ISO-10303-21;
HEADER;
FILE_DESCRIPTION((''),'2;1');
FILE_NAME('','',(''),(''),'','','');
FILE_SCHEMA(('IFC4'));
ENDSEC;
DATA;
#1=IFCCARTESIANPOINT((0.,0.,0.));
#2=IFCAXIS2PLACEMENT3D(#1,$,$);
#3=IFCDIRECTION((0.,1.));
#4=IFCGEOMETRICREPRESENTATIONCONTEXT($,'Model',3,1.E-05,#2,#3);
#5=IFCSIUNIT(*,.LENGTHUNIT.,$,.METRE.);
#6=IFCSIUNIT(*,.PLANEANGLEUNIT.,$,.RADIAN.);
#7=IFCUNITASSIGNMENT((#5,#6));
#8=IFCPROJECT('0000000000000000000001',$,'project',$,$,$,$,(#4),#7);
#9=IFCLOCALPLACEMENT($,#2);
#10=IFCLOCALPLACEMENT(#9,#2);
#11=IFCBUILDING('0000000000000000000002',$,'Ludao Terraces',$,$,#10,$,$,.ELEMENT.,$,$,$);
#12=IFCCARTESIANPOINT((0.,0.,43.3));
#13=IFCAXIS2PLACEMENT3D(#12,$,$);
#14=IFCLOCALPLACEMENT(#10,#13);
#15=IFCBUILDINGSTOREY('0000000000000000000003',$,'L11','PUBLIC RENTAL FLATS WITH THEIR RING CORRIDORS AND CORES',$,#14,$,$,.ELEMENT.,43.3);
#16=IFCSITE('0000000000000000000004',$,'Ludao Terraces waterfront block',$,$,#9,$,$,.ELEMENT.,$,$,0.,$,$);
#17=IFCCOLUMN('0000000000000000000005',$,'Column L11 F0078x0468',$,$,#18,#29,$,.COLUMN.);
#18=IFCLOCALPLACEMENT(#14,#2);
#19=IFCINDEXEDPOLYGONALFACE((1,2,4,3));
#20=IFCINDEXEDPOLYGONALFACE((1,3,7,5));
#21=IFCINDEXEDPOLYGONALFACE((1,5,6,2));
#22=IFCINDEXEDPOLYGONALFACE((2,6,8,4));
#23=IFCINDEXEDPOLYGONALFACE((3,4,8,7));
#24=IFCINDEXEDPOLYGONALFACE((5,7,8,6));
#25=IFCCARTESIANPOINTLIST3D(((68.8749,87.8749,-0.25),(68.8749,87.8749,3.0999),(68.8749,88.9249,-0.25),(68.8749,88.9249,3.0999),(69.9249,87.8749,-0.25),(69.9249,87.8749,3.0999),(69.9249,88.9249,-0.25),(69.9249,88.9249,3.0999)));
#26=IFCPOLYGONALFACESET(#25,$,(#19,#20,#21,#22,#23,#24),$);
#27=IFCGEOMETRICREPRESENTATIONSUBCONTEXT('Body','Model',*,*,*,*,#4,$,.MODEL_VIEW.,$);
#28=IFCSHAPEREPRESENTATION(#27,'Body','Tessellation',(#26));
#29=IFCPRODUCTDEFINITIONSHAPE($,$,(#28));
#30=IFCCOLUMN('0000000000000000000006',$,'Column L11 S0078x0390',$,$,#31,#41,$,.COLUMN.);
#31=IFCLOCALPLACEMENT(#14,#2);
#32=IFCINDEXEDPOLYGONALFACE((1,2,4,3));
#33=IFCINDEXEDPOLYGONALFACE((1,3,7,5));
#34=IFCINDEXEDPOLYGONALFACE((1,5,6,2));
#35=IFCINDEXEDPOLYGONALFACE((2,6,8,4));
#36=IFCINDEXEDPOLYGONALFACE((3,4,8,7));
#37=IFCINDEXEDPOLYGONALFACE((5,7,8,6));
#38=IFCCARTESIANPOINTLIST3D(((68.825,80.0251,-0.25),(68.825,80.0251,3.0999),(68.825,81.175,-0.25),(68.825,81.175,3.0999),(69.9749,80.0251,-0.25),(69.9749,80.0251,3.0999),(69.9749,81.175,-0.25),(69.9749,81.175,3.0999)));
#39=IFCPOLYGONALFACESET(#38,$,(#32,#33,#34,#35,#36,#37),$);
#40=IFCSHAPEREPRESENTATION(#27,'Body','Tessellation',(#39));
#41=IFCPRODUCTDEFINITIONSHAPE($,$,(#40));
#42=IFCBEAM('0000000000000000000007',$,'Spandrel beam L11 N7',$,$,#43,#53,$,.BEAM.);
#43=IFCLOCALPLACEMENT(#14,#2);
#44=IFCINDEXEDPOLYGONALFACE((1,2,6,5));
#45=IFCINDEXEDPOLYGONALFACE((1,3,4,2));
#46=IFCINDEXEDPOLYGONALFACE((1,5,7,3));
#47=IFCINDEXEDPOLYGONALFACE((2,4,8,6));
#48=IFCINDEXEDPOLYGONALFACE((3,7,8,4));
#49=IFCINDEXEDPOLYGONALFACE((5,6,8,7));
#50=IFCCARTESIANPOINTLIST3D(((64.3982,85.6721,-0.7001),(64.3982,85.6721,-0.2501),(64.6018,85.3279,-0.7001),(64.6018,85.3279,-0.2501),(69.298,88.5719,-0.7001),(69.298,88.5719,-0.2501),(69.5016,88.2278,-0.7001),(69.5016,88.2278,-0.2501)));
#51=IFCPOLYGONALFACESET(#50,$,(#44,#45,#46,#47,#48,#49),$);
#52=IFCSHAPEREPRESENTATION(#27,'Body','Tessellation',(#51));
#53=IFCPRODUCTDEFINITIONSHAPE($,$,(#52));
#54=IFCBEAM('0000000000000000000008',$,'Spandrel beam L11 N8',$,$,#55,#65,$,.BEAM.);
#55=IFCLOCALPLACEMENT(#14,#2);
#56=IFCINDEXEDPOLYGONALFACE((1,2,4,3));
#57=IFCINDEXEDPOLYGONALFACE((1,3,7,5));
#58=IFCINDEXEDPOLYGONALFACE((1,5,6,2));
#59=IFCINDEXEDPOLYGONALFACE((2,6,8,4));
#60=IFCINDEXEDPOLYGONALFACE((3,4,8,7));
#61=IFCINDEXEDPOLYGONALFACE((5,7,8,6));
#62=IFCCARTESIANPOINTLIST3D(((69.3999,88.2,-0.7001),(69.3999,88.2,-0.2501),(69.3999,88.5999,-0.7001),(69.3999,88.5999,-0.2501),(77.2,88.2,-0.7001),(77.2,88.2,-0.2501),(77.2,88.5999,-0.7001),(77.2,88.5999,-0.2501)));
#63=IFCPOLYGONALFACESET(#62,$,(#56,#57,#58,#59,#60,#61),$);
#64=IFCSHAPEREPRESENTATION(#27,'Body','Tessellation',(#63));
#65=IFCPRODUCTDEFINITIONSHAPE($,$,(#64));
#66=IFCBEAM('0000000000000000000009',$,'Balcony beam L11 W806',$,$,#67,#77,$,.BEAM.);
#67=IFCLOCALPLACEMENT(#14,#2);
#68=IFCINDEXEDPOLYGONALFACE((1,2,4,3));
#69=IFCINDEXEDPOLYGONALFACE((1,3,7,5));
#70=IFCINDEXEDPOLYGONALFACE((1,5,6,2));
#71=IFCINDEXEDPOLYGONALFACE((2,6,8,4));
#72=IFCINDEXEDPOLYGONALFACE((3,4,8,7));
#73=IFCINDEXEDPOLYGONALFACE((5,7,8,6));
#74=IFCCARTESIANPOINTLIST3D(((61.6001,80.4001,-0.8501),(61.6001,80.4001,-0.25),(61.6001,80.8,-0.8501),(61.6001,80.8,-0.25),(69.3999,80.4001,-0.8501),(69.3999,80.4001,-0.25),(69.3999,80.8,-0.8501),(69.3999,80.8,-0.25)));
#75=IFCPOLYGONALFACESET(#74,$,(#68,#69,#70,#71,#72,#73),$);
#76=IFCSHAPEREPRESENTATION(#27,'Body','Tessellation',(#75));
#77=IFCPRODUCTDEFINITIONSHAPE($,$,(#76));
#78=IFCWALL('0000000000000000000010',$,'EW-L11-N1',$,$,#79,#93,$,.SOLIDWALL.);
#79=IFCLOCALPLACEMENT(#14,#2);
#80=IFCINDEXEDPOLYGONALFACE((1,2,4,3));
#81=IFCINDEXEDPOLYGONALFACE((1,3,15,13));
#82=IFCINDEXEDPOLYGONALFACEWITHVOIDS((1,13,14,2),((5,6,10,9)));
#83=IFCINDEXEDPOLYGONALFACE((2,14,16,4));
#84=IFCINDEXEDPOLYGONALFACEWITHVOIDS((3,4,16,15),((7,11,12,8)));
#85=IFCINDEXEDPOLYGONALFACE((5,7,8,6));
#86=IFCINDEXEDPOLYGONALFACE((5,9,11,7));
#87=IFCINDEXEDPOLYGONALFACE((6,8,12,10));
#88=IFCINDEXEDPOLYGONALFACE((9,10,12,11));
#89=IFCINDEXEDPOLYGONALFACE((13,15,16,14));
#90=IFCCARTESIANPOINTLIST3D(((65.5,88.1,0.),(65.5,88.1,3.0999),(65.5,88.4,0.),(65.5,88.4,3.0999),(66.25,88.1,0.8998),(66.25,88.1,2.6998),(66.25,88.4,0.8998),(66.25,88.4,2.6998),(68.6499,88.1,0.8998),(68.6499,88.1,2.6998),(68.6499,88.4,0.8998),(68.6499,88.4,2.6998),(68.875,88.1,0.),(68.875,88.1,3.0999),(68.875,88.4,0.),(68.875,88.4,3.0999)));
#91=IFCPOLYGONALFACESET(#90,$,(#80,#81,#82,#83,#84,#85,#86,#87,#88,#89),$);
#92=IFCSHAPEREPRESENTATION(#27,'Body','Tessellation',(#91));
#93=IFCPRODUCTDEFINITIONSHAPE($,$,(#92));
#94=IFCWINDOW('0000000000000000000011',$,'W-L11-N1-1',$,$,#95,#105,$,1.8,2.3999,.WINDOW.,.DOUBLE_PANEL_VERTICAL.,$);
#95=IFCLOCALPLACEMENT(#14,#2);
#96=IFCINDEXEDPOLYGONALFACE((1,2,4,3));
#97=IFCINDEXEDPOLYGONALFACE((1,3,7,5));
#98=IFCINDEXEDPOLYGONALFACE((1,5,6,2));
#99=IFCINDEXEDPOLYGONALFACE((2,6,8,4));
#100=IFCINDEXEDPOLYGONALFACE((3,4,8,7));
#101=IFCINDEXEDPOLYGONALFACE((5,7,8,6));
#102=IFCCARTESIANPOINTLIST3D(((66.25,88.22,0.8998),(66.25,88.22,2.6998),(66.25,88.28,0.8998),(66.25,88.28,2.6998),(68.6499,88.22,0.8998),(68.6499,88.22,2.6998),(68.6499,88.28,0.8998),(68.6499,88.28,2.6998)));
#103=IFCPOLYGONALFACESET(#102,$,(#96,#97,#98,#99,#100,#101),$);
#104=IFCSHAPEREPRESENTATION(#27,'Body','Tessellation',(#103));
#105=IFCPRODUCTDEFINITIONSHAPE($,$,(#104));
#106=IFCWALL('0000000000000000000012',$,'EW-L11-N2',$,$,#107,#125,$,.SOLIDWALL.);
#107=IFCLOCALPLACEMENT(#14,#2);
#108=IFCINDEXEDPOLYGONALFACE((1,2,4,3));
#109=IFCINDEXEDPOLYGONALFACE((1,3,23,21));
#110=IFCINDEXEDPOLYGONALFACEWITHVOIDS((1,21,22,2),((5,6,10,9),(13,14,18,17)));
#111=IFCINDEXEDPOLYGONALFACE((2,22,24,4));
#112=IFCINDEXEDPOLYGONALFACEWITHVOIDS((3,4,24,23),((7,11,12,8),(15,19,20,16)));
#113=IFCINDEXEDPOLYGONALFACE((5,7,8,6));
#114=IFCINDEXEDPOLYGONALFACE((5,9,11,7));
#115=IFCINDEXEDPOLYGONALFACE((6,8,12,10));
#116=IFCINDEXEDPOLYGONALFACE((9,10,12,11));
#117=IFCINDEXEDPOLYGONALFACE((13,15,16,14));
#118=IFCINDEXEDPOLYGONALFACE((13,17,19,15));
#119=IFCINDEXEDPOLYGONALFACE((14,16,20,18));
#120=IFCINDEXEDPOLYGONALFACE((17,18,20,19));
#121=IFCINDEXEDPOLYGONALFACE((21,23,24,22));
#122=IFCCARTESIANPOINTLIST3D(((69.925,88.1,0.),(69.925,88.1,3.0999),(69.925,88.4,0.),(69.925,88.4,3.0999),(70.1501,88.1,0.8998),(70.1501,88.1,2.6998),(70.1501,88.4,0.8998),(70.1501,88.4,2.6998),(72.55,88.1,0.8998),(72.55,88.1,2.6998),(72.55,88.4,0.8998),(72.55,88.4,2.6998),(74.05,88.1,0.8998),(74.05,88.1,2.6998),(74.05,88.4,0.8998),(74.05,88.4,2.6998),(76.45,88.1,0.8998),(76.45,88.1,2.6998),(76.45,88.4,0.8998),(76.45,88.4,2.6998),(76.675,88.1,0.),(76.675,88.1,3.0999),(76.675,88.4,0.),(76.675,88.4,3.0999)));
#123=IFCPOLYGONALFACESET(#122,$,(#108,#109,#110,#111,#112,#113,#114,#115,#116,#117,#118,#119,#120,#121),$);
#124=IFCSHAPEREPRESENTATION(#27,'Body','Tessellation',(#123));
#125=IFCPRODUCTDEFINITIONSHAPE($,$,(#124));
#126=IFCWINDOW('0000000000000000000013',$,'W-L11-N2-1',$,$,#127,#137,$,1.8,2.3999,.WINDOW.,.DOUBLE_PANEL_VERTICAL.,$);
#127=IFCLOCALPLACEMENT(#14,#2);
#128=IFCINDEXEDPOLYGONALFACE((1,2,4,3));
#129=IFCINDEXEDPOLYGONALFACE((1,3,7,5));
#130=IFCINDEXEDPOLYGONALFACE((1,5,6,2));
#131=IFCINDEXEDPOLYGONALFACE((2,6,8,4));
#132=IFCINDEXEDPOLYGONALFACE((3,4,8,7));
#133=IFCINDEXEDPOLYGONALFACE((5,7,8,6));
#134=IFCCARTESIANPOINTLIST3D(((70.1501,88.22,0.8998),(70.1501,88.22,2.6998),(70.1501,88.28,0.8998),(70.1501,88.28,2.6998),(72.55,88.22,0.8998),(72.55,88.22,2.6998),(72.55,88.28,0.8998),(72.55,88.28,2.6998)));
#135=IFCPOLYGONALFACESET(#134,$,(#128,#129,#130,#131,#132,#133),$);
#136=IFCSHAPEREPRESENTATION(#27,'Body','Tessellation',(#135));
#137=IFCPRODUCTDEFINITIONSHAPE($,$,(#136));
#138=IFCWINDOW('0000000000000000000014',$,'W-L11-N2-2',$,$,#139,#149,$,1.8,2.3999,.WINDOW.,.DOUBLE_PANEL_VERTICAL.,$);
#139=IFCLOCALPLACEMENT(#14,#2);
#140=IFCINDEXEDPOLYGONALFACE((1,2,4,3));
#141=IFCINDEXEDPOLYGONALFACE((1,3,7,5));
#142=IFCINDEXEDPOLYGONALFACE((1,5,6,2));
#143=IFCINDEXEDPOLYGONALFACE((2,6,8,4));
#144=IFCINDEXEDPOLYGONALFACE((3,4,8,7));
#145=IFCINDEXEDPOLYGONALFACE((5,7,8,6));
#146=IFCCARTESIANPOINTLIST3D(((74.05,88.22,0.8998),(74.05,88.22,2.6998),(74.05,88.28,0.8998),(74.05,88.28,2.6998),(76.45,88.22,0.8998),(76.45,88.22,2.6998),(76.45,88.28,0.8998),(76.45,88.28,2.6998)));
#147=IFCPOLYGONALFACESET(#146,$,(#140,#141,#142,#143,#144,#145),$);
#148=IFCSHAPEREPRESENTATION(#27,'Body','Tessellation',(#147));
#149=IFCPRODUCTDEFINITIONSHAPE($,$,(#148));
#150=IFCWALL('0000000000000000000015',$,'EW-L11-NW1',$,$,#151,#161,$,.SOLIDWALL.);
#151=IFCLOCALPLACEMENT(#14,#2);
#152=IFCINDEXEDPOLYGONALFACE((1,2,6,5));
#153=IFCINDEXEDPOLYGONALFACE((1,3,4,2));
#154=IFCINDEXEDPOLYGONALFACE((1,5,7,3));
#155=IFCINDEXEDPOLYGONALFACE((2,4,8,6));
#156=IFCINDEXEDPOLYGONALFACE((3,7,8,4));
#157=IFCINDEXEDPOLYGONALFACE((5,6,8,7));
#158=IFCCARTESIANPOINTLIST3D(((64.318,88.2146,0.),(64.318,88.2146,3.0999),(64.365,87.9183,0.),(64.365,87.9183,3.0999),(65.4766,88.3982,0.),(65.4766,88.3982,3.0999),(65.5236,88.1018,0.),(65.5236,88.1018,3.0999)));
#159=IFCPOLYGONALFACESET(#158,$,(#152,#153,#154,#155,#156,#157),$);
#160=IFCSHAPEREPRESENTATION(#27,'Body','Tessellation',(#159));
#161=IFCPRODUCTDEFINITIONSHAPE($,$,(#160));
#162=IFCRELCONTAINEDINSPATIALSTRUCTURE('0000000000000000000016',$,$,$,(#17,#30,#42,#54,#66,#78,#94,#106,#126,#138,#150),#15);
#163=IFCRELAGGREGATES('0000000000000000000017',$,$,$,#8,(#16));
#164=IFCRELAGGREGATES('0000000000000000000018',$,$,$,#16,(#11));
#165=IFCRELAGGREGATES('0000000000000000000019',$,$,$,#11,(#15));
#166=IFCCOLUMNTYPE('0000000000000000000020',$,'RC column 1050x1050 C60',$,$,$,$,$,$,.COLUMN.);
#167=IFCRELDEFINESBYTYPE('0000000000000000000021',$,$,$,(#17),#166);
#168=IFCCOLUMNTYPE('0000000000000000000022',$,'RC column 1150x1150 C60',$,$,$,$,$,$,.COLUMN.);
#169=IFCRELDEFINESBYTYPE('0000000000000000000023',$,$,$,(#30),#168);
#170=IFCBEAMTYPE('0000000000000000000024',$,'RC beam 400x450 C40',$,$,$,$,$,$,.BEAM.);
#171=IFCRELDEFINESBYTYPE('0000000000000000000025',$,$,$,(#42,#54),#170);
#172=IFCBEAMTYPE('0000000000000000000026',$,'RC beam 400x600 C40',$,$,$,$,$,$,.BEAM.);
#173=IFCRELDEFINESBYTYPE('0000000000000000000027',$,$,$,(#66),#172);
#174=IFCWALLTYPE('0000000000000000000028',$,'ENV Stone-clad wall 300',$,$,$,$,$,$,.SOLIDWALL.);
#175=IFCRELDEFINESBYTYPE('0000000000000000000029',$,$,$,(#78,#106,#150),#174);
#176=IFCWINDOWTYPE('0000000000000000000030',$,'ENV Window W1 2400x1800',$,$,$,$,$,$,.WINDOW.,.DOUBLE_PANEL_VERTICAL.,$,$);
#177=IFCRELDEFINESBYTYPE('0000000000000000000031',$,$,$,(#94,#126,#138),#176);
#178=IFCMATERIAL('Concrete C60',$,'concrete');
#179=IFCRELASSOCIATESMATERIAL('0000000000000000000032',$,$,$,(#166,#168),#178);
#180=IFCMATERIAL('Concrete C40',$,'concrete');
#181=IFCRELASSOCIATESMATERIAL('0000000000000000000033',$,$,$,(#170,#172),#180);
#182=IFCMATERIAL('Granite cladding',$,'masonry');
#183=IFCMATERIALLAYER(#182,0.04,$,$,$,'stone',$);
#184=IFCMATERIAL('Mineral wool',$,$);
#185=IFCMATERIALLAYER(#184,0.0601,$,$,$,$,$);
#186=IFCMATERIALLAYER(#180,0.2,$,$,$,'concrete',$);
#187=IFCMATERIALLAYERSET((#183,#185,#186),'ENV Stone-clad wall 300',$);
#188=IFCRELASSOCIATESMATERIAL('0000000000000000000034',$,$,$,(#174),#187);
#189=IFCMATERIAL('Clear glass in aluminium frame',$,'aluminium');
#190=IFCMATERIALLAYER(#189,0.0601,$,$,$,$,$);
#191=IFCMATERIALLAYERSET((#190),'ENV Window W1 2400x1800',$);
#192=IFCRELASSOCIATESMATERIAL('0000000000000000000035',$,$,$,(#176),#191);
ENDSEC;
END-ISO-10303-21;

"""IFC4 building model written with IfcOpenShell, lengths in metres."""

from ifc_helpers import new_model, si_unit, direction, frame, frame_2d, origin, origin_2d, place, context, subcontext, project, spatial, rectangle, extrude, material, layer, layer_set, material_profile, profile_set, type_object, element, fill, save


model = new_model("IFC4")

# Units and contexts
model_context = context("Model", 3, precision=1e-05, world=origin(), true_north=direction((0.0, 1.0)))
body_context = subcontext(model_context, "Body", "Model", "MODEL_VIEW")
ifc_project = project(units=[si_unit("LENGTHUNIT", "METRE"), si_unit("PLANEANGLEUNIT", "RADIAN")], contexts=[model_context])

# Site, building, storey
site_placement = place(None, origin())
site = spatial("IfcSite", under=ifc_project, at=site_placement, Name="Ludao Terraces waterfront block", CompositionType="ELEMENT", RefElevation=0.0)
building_placement = place(site_placement, origin())
building = spatial("IfcBuilding", under=site, at=building_placement, Name="Ludao Terraces", CompositionType="ELEMENT")
storey_placement = place(building_placement, frame((0.0, 0.0, 43.3)))
storey = spatial("IfcBuildingStorey", under=building, at=storey_placement, Name="L11", Description="PUBLIC RENTAL FLATS WITH THEIR RING CORRIDORS AND CORES", CompositionType="ELEMENT", Elevation=43.3)

# Columns
ifc_material_1 = material(Name="Concrete C60", Category="concrete")
ifc_material_profile_1 = material_profile(ifc_material_1, rectangle(XDim=1.05, YDim=1.05, at=origin_2d()), Name="1050 X 1050")
ifc_profile_set_1 = profile_set([ifc_material_profile_1], Name="Concrete C60")
column_type_1 = type_object("IfcColumnType", Name="RC column 1050x1050 C60", PredefinedType="COLUMN", material=ifc_profile_set_1)
column_1_placement = place(storey_placement, frame((69.3999, 88.3999, -0.25), z_axis=(0.0, 0.0, 1.0), x_axis=(1.0, 0.0, 0.0)))
element("IfcColumn", 1, at=column_1_placement, inside=storey, type_object=column_type_1, Name="Column L11 F0078x0468", PredefinedType="COLUMN", context=body_context, shape_type="SweptSolid", body=[
    extrude(rectangle(XDim=1.05, YDim=1.05, at=origin_2d()), origin(), (0.0, 0.0, 1.0), 3.3499),
])
ifc_material_profile_2 = material_profile(ifc_material_1, rectangle(XDim=1.1499, YDim=1.1499, at=origin_2d()), Name="1150 X 1150")
ifc_profile_set_2 = profile_set([ifc_material_profile_2], Name="Concrete C60")
column_type_2 = type_object("IfcColumnType", Name="RC column 1150x1150 C60", PredefinedType="COLUMN", material=ifc_profile_set_2)
column_2_placement = place(storey_placement, frame((69.3999, 80.6001, -0.25), z_axis=(0.0, 0.0, 1.0), x_axis=(1.0, 0.0, 0.0)))
element("IfcColumn", 2, at=column_2_placement, inside=storey, type_object=column_type_2, Name="Column L11 S0078x0390", PredefinedType="COLUMN", context=body_context, shape_type="SweptSolid", body=[
    extrude(rectangle(XDim=1.1499, YDim=1.1499, at=origin_2d()), origin(), (0.0, 0.0, 1.0), 3.3499),
])

# Beams
ifc_material_2 = material(Name="Concrete C40", Category="concrete")
ifc_material_profile_3 = material_profile(ifc_material_2, rectangle(XDim=0.3999, YDim=0.45, at=origin_2d()), Name="400 X 450")
ifc_profile_set_3 = profile_set([ifc_material_profile_3], Name="Concrete C40")
beam_type_1 = type_object("IfcBeamType", Name="RC beam 400x450 C40", PredefinedType="BEAM", material=ifc_profile_set_3)
beam_1_placement = place(storey_placement, frame((64.5, 85.5, -0.4751), z_axis=(0.86058, 0.509316, 0.0), x_axis=(-0.509316, 0.86058, 0.0)))
element("IfcBeam", 3, at=beam_1_placement, inside=storey, type_object=beam_type_1, Name="Spandrel beam L11 N7", PredefinedType="BEAM", context=body_context, shape_type="SweptSolid", body=[
    extrude(rectangle(XDim=0.3999, YDim=0.45, at=origin_2d()), origin(), (0.0, 0.0, 1.0), 5.6936),
])
beam_2_placement = place(storey_placement, frame((69.3999, 88.3999, -0.4751), z_axis=(1.0, 0.0, 0.0), x_axis=(0.0, 1.0, 0.0)))
element("IfcBeam", 4, at=beam_2_placement, inside=storey, type_object=beam_type_1, Name="Spandrel beam L11 N8", PredefinedType="BEAM", context=body_context, shape_type="SweptSolid", body=[
    extrude(rectangle(XDim=0.3999, YDim=0.45, at=origin_2d()), origin(), (0.0, 0.0, 1.0), 7.8),
])
ifc_material_profile_4 = material_profile(ifc_material_2, rectangle(XDim=0.3999, YDim=0.6001, at=origin_2d()), Name="400 X 600")
ifc_profile_set_4 = profile_set([ifc_material_profile_4], Name="Concrete C40")
beam_type_2 = type_object("IfcBeamType", Name="RC beam 400x600 C40", PredefinedType="BEAM", material=ifc_profile_set_4)
beam_3_placement = place(storey_placement, frame((69.3999, 80.6001, -0.55), z_axis=(-1.0, 0.0, 0.0), x_axis=(0.0, -1.0, 0.0)))
element("IfcBeam", 5, at=beam_3_placement, inside=storey, type_object=beam_type_2, Name="Balcony beam L11 W806", PredefinedType="BEAM", context=body_context, shape_type="SweptSolid", body=[
    extrude(rectangle(XDim=0.3999, YDim=0.6001, at=origin_2d()), origin(), (0.0, 0.0, 1.0), 7.7998),
])

# Wall, opening, window
ifc_material_3 = material(Name="Granite cladding", Category="masonry")
ifc_layer_1 = layer(ifc_material_3, 0.04, Category="stone")
ifc_material_4 = material(Name="Mineral wool")
ifc_layer_2 = layer(ifc_material_4, 0.0601)
ifc_layer_3 = layer(ifc_material_2, 0.2, Category="concrete")
ifc_layer_set_1 = layer_set([ifc_layer_1, ifc_layer_2, ifc_layer_3], Name="ENV Stone-clad wall 300")
wall_type_1 = type_object("IfcWallType", Name="ENV Stone-clad wall 300", PredefinedType="SOLIDWALL", material=ifc_layer_set_1)
wall_1_placement = place(storey_placement, frame((65.5, 88.25, 0.0), z_axis=(0.0, 0.0, 1.0), x_axis=(1.0, 0.0, 0.0)))
wall_1 = element("IfcWall", 6, at=wall_1_placement, inside=storey, type_object=wall_type_1, Name="EW-L11-N1", PredefinedType="SOLIDWALL", context=body_context, shape_type="SweptSolid", body=[
    extrude(rectangle(XDim=3.375, YDim=0.3, at=frame_2d((1.6875, 0.0))), origin(), (0.0, 0.0, 1.0), 3.0999),
])
opening_1_placement = place(wall_1_placement, frame((0.75, 0.0, 0.8999)))
opening_1 = element("IfcOpeningElement", 7, at=opening_1_placement, cuts=wall_1, PredefinedType="OPENING", context=body_context, shape_type="SweptSolid", body=[
    extrude(rectangle(XDim=2.3999, YDim=1.8, at=frame_2d((1.2, 0.8999))), frame((0.0, 0.1602, 0.0), z_axis=(0.0, -1.0, 0.0), x_axis=(1.0, 0.0, 0.0)), (0.0, 0.0, 1.0), 0.3201),
])
ifc_material_5 = material(Name="Clear glass in aluminium frame", Category="aluminium")
ifc_layer_4 = layer(ifc_material_5, 0.0601)
ifc_layer_set_2 = layer_set([ifc_layer_4], Name="ENV Window W1 2400x1800")
window_type = type_object("IfcWindowType", Name="ENV Window W1 2400x1800", PartitioningType="DOUBLE_PANEL_VERTICAL", PredefinedType="WINDOW", material=ifc_layer_set_2)
window_1_placement = place(opening_1_placement, origin())
window_1 = element("IfcWindow", 8, at=window_1_placement, inside=storey, type_object=window_type, Name="W-L11-N1-1", OverallHeight=1.8, OverallWidth=2.3999, PartitioningType="DOUBLE_PANEL_VERTICAL", PredefinedType="WINDOW", context=body_context, shape_type="SweptSolid", body=[
    extrude(rectangle(XDim=2.3999, YDim=1.8, at=frame_2d((1.2, 0.8999))), frame((0.0, 0.03, 0.0), z_axis=(0.0, -1.0, 0.0), x_axis=(1.0, 0.0, 0.0)), (0.0, 0.0, 1.0), 0.0601),
])
fill(opening_1, window_1)

# Wall, openings, windows
wall_2_placement = place(storey_placement, frame((69.925, 88.25, 0.0), z_axis=(0.0, 0.0, 1.0), x_axis=(1.0, 0.0, 0.0)))
wall_2 = element("IfcWall", 9, at=wall_2_placement, inside=storey, type_object=wall_type_1, Name="EW-L11-N2", PredefinedType="SOLIDWALL", context=body_context, shape_type="SweptSolid", body=[
    extrude(rectangle(XDim=6.75, YDim=0.3, at=frame_2d((3.375, 0.0))), origin(), (0.0, 0.0, 1.0), 3.0999),
])
opening_2_placement = place(wall_2_placement, frame((0.2251, 0.0, 0.8999)))
opening_2 = element("IfcOpeningElement", 10, at=opening_2_placement, cuts=wall_2, PredefinedType="OPENING", context=body_context, shape_type="SweptSolid", body=[
    extrude(rectangle(XDim=2.3999, YDim=1.8, at=frame_2d((1.2, 0.8999))), frame((0.0, 0.1602, 0.0), z_axis=(0.0, -1.0, 0.0), x_axis=(1.0, 0.0, 0.0)), (0.0, 0.0, 1.0), 0.3201),
])
opening_3_placement = place(wall_2_placement, frame((4.125, 0.0, 0.8999)))
opening_3 = element("IfcOpeningElement", 11, at=opening_3_placement, cuts=wall_2, PredefinedType="OPENING", context=body_context, shape_type="SweptSolid", body=[
    extrude(rectangle(XDim=2.3999, YDim=1.8, at=frame_2d((1.2, 0.8999))), frame((0.0, 0.1602, 0.0), z_axis=(0.0, -1.0, 0.0), x_axis=(1.0, 0.0, 0.0)), (0.0, 0.0, 1.0), 0.3201),
])
window_2_placement = place(opening_2_placement, origin())
window_2 = element("IfcWindow", 12, at=window_2_placement, inside=storey, type_object=window_type, Name="W-L11-N2-1", OverallHeight=1.8, OverallWidth=2.3999, PartitioningType="DOUBLE_PANEL_VERTICAL", PredefinedType="WINDOW", context=body_context, shape_type="SweptSolid", body=[
    extrude(rectangle(XDim=2.3999, YDim=1.8, at=frame_2d((1.2, 0.8999))), frame((0.0, 0.03, 0.0), z_axis=(0.0, -1.0, 0.0), x_axis=(1.0, 0.0, 0.0)), (0.0, 0.0, 1.0), 0.0601),
])
fill(opening_2, window_2)
window_3_placement = place(opening_3_placement, origin())
window_3 = element("IfcWindow", 13, at=window_3_placement, inside=storey, type_object=window_type, Name="W-L11-N2-2", OverallHeight=1.8, OverallWidth=2.3999, PartitioningType="DOUBLE_PANEL_VERTICAL", PredefinedType="WINDOW", context=body_context, shape_type="SweptSolid", body=[
    extrude(rectangle(XDim=2.3999, YDim=1.8, at=frame_2d((1.2, 0.8999))), frame((0.0, 0.03, 0.0), z_axis=(0.0, -1.0, 0.0), x_axis=(1.0, 0.0, 0.0)), (0.0, 0.0, 1.0), 0.0601),
])
fill(opening_3, window_3)

# Wall
wall_3_placement = place(storey_placement, frame((65.5, 88.25, 0.0), z_axis=(0.0, 0.0, 1.0), x_axis=(-0.987678, -0.156497, 0.0)))
element("IfcWall", 14, at=wall_3_placement, inside=storey, type_object=wall_type_1, Name="EW-L11-NW1", PredefinedType="SOLIDWALL", context=body_context, shape_type="SweptSolid", body=[
    extrude(rectangle(XDim=1.1731, YDim=0.3, at=frame_2d((0.5864, 0.0))), origin(), (0.0, 0.0, 1.0), 3.0999),
])

save(model, "model.ifc")
